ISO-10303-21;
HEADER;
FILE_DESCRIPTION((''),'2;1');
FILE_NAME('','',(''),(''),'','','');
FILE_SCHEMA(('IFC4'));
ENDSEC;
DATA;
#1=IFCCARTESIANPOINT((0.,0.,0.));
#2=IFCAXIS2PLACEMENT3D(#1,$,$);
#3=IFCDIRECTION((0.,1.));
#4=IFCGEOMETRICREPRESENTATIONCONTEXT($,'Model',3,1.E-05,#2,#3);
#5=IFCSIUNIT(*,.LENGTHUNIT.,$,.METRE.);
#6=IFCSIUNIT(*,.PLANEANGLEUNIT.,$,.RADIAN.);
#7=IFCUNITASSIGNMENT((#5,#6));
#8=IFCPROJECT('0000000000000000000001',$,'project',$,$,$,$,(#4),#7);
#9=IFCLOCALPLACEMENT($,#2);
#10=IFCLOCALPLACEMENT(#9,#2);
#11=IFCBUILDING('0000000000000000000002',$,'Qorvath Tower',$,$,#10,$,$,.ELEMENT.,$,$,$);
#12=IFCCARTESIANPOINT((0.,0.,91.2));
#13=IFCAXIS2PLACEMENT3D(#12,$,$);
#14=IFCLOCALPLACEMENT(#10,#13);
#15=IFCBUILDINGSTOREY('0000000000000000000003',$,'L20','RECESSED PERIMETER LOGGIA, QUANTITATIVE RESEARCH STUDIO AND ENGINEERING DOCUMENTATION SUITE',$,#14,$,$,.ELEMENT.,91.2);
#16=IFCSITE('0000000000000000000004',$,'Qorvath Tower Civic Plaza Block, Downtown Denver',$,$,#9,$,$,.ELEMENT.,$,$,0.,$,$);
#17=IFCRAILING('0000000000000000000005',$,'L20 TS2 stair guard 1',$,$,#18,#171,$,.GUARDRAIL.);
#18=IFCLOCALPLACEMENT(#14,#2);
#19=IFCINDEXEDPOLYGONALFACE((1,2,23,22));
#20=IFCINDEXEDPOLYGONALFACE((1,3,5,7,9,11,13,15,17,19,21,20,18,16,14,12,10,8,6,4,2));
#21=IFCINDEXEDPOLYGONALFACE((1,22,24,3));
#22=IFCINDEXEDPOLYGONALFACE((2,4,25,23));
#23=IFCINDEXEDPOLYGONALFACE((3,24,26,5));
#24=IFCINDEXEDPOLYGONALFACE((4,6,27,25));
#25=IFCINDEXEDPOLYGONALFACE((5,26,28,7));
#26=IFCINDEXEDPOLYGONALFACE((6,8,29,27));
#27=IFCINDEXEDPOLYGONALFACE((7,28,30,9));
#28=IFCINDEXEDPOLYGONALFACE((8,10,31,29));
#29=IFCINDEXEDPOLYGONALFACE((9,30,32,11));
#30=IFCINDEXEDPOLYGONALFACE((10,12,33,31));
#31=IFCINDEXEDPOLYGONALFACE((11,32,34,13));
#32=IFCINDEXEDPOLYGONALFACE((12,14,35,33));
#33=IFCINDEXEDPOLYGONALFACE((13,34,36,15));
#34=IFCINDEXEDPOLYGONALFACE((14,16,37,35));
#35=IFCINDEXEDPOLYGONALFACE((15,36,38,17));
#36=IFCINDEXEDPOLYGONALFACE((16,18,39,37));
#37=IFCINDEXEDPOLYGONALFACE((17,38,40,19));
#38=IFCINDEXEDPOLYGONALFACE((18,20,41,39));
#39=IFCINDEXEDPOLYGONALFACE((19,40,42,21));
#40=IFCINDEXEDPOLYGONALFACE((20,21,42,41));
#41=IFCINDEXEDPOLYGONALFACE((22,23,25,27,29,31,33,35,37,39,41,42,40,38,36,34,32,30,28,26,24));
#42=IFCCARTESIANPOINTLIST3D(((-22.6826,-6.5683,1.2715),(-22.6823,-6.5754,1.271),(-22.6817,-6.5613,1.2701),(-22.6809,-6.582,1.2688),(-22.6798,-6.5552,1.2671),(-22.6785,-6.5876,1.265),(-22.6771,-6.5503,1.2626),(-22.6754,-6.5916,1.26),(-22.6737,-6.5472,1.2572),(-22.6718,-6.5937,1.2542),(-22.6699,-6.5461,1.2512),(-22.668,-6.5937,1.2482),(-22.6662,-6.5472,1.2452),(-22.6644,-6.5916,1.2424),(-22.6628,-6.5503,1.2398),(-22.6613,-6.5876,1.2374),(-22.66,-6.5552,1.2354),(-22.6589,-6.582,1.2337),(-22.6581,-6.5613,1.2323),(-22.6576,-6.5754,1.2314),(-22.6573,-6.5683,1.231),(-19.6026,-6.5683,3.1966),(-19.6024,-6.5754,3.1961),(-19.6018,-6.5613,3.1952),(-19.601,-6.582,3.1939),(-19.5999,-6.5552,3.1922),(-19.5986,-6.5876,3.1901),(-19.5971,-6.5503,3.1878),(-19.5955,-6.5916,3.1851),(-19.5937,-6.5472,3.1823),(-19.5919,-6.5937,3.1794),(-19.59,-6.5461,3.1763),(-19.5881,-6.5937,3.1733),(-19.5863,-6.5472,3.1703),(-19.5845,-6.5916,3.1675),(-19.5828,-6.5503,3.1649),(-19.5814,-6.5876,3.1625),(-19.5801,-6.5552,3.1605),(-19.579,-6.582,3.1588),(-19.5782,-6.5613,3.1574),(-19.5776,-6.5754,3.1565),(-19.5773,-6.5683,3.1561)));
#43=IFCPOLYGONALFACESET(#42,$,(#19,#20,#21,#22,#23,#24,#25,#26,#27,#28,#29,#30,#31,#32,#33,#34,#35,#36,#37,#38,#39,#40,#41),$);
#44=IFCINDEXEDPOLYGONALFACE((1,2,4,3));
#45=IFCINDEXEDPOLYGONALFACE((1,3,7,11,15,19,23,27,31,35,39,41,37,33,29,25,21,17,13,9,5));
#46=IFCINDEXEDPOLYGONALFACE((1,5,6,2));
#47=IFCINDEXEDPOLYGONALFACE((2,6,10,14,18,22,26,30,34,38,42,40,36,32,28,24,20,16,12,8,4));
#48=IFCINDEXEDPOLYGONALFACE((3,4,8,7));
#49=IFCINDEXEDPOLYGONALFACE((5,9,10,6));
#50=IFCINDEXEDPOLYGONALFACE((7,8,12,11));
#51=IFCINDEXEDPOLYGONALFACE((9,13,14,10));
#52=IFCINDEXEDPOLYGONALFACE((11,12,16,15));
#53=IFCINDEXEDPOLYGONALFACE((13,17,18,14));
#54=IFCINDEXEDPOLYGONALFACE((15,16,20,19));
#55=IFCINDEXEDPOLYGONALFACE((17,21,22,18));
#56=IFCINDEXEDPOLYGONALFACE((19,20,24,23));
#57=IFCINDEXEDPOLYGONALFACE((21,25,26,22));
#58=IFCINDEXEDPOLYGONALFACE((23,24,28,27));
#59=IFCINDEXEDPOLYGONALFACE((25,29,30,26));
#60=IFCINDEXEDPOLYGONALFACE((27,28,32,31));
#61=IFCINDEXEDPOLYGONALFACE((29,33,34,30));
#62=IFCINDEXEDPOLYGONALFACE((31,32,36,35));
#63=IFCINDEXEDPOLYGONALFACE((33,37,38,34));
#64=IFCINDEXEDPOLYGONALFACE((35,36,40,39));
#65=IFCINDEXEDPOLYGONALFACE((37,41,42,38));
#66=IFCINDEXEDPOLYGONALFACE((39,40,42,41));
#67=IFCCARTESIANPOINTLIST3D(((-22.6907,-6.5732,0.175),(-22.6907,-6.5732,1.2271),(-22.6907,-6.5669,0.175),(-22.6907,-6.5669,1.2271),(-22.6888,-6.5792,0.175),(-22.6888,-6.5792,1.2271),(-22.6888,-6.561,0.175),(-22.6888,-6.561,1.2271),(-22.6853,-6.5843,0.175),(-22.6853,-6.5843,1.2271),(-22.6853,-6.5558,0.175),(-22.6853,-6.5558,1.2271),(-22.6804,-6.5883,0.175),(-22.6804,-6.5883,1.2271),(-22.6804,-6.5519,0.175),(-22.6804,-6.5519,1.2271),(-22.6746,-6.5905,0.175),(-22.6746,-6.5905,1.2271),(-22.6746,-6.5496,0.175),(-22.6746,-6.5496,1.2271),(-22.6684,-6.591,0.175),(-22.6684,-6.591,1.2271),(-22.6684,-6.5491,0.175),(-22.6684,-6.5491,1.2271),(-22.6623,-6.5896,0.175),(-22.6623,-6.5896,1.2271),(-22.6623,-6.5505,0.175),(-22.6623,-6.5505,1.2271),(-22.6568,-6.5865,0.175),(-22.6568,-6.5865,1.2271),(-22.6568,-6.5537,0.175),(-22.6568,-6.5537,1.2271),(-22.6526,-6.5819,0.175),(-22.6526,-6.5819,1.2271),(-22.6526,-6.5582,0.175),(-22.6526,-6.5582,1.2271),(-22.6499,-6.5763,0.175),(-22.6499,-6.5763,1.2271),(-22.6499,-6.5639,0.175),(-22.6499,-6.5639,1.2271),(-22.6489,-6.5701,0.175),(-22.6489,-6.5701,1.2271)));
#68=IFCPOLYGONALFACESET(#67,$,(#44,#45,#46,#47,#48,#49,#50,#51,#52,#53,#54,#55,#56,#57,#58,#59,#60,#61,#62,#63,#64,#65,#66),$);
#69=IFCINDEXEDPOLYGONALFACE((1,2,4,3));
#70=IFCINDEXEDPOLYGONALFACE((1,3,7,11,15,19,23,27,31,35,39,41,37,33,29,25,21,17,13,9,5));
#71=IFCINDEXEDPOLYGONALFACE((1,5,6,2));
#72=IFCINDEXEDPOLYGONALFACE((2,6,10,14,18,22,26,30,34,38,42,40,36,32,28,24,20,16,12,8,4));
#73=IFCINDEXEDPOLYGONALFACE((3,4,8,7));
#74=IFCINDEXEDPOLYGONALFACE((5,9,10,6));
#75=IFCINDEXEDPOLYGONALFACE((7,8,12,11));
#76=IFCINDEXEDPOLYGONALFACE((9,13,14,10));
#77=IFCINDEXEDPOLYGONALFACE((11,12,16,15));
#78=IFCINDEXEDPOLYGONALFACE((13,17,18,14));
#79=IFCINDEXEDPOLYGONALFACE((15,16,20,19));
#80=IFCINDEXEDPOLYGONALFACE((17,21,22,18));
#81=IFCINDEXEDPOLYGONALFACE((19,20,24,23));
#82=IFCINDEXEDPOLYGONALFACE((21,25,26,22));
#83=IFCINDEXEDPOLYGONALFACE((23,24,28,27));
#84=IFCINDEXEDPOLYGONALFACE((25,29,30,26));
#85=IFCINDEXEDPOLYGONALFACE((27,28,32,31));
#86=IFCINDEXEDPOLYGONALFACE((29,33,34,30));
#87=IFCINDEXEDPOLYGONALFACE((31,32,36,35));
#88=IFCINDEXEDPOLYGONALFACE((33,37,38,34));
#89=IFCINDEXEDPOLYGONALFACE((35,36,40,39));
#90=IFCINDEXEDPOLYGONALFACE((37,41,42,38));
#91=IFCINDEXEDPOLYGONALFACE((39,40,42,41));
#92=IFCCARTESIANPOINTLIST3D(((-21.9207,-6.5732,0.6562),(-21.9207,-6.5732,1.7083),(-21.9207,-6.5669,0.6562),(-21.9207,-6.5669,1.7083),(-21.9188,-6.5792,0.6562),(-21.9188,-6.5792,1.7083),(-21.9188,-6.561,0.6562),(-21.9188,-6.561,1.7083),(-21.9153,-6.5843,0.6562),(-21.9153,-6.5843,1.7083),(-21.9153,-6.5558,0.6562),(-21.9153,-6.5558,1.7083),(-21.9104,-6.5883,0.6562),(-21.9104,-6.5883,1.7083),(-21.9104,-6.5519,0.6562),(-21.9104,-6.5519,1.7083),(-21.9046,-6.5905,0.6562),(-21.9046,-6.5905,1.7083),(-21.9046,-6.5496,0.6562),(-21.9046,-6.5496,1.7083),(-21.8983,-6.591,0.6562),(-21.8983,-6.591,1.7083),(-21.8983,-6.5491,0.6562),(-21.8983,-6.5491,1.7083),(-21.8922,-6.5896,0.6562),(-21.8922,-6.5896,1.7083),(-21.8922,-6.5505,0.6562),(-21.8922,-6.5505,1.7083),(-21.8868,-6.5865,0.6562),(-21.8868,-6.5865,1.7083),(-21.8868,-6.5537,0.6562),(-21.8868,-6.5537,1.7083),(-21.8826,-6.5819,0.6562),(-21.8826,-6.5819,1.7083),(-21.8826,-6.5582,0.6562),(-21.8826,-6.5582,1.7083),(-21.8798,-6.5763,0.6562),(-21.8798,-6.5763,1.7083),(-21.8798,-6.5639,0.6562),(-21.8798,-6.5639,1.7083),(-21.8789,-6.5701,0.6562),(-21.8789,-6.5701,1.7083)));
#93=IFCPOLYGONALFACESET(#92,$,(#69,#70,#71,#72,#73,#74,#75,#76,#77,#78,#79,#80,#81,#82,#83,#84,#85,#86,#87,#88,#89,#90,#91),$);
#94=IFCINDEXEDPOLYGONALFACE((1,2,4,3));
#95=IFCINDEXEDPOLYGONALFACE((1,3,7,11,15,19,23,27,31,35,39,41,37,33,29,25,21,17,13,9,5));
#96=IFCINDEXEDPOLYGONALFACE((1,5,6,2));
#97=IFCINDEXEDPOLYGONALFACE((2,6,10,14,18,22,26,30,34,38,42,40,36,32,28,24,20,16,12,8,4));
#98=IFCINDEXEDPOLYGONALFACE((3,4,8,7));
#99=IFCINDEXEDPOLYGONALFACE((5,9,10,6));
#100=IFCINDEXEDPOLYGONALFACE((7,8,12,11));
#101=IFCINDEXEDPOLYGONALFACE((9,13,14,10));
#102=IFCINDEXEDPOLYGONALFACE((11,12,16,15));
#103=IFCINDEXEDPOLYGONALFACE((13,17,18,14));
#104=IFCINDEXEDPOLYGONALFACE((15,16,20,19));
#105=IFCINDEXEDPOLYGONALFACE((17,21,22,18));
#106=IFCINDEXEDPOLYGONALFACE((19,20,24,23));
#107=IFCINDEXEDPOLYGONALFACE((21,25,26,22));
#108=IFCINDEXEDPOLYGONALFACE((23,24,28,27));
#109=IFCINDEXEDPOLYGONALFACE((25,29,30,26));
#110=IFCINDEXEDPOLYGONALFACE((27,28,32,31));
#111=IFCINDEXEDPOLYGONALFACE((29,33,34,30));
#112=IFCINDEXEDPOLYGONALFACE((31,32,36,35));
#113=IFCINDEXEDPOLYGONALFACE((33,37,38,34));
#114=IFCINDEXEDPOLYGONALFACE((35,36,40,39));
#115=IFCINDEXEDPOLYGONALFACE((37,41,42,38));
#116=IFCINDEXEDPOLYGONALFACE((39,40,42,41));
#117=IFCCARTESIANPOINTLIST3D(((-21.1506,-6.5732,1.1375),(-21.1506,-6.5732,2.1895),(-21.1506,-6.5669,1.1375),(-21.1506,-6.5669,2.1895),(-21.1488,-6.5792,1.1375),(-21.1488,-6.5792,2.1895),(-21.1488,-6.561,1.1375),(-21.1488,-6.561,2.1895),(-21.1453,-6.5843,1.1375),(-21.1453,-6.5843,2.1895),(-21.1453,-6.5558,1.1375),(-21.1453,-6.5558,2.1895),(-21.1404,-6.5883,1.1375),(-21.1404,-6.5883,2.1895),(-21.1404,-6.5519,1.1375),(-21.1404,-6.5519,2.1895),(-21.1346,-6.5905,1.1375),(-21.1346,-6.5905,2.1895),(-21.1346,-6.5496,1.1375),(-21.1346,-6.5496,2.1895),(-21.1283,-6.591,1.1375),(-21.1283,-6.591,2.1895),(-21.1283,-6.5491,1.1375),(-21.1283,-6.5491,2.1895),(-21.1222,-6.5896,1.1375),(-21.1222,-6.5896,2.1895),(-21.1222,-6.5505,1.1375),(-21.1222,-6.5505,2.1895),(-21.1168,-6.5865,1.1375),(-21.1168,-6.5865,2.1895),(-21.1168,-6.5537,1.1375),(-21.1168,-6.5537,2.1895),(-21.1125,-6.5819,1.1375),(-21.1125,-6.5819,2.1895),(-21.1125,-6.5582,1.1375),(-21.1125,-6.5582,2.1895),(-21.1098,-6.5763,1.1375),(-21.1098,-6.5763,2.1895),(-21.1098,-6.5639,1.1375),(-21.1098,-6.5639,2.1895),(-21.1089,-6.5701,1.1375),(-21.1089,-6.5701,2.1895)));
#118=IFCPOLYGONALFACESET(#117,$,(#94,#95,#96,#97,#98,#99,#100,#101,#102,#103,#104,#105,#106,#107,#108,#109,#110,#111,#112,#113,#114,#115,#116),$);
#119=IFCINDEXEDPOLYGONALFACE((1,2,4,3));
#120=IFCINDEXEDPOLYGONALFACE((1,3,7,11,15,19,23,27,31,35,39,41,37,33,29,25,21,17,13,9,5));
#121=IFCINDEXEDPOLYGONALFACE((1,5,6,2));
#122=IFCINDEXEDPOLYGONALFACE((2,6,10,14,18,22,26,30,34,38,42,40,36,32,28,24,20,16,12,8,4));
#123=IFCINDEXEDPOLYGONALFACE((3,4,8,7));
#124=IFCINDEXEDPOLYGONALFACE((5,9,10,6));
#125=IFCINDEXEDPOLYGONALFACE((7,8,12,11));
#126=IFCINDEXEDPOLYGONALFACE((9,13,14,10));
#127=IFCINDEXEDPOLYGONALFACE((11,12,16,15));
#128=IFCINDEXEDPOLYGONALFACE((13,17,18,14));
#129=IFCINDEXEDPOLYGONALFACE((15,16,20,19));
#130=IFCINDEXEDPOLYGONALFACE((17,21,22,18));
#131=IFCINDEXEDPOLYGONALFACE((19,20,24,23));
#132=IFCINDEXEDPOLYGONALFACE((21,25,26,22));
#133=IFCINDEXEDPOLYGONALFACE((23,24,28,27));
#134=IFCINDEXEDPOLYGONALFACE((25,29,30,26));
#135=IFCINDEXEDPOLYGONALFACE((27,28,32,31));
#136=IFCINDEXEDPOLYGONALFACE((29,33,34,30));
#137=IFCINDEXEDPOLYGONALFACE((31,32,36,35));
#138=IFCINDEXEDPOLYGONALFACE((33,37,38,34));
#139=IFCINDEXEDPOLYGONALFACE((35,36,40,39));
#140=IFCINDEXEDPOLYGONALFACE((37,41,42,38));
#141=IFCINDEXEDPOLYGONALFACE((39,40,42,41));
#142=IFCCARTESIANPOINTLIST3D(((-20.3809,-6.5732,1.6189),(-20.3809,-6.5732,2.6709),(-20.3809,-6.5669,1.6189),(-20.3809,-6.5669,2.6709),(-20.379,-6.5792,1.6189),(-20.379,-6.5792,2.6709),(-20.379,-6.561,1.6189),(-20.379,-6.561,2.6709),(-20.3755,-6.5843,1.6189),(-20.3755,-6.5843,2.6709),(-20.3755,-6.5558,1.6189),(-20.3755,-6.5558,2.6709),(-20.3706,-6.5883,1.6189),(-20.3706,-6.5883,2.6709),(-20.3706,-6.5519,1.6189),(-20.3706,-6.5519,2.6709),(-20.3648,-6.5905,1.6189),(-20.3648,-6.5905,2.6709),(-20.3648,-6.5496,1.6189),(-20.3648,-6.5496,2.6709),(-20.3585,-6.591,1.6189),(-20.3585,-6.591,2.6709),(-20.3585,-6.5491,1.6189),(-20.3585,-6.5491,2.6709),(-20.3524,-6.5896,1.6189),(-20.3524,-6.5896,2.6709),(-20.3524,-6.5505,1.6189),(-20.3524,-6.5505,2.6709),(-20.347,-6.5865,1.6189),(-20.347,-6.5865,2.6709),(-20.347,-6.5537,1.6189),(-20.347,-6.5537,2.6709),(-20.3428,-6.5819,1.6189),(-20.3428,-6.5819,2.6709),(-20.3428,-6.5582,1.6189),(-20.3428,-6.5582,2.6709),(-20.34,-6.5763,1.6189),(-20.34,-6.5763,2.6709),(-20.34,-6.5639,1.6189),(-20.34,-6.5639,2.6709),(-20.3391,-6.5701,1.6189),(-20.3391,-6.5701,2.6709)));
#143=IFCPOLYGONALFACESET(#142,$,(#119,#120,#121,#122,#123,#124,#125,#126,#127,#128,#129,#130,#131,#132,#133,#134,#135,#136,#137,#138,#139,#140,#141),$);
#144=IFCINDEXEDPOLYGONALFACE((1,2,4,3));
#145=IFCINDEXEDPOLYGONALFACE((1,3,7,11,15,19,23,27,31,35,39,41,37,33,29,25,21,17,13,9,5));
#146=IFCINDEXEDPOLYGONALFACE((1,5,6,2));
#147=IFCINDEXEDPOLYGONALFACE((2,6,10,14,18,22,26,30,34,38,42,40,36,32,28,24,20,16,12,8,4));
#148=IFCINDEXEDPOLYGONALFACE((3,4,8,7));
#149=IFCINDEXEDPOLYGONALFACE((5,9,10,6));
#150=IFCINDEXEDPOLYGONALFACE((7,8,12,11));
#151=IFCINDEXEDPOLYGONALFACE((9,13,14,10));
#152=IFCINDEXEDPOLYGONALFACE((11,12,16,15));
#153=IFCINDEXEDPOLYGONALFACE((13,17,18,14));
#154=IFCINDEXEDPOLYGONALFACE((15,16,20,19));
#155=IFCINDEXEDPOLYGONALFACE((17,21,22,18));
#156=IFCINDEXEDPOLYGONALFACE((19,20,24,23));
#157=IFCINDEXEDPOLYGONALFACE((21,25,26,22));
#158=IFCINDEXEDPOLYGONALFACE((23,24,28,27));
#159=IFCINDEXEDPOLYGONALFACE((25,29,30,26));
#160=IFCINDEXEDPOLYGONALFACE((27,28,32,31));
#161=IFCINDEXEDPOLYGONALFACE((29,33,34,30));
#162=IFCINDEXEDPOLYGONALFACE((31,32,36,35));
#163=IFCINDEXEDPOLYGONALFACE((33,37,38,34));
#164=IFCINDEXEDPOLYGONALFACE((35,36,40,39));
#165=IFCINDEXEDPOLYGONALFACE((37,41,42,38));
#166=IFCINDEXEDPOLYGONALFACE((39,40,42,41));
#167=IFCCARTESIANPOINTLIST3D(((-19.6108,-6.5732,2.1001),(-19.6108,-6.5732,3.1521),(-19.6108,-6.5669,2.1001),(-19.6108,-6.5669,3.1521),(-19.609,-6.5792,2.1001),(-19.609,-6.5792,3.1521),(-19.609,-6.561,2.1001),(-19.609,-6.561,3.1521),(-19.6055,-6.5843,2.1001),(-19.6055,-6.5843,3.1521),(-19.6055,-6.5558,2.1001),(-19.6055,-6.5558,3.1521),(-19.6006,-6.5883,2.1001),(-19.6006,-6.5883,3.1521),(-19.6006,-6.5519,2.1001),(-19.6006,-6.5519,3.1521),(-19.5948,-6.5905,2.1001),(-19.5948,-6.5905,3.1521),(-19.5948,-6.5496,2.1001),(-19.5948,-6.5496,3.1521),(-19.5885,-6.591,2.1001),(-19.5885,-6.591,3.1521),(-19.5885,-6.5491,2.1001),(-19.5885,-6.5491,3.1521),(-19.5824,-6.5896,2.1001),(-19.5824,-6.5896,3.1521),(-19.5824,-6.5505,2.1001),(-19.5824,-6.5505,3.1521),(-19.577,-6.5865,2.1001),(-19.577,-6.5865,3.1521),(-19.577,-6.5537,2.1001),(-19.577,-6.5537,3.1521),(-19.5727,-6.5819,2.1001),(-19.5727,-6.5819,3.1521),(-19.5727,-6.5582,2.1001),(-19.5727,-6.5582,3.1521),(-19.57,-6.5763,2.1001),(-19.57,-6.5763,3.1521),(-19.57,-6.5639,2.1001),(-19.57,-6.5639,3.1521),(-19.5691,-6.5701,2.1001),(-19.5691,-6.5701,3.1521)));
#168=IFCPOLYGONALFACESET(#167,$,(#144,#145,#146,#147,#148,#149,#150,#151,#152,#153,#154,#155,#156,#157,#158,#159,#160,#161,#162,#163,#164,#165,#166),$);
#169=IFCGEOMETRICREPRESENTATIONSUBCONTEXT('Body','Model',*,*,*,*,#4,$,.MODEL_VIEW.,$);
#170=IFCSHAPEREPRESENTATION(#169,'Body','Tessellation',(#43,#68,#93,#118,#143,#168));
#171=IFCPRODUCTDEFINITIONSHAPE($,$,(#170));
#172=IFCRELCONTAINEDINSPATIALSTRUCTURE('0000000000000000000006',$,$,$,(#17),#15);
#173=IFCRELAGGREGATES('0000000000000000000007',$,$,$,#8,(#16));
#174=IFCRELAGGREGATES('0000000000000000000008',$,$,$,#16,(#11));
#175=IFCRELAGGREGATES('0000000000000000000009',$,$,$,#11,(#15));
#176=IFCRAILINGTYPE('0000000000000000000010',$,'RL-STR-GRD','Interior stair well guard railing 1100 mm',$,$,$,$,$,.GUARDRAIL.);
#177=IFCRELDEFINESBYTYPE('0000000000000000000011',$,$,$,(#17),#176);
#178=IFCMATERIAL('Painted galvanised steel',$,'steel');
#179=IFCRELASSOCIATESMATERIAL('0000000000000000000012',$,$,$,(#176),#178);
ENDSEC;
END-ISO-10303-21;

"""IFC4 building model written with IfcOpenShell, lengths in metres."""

from ifc_helpers import new_model, si_unit, direction, frame, origin, origin_2d, place, context, subcontext, project, spatial, circle, extrude, material, type_object, element, save


model = new_model("IFC4")

# Units and contexts
model_context = context("Model", 3, precision=1e-05, world=origin(), true_north=direction((0.0, 1.0)))
body_context = subcontext(model_context, "Body", "Model", "MODEL_VIEW")
ifc_project = project(units=[si_unit("LENGTHUNIT", "METRE"), si_unit("PLANEANGLEUNIT", "RADIAN")], contexts=[model_context])

# Site, building, storey
site_placement = place(None, origin())
site = spatial("IfcSite", under=ifc_project, at=site_placement, Name="Qorvath Tower Civic Plaza Block, Downtown Denver", CompositionType="ELEMENT", RefElevation=0.0)
building_placement = place(site_placement, origin())
building = spatial("IfcBuilding", under=site, at=building_placement, Name="Qorvath Tower", CompositionType="ELEMENT")
storey_placement = place(building_placement, frame((0.0, 0.0, 91.2)))
storey = spatial("IfcBuildingStorey", under=building, at=storey_placement, Name="L20", Description="RECESSED PERIMETER LOGGIA, QUANTITATIVE RESEARCH STUDIO AND ENGINEERING DOCUMENTATION SUITE", CompositionType="ELEMENT", Elevation=91.2)

# Railing
ifc_material_1 = material(Name="Painted galvanised steel", Category="steel")
railing_type_1 = type_object("IfcRailingType", Name="RL-STR-GRD", Description="Interior stair well guard railing 1100 mm", PredefinedType="GUARDRAIL", material=ifc_material_1)
railing_1_placement = place(storey_placement, frame((-22.6699, -6.5701, 0.175)))
element("IfcRailing", 1, at=railing_1_placement, inside=storey, type_object=railing_type_1, Name="L20 TS2 stair guard 1", PredefinedType="GUARDRAIL", context=body_context, shape_type="SweptSolid", body=[
    extrude(circle(Radius=0.0239, at=origin_2d()), frame((0.0, 0.0, 1.0762), z_axis=(0.847979, 0.0, 0.530029), x_axis=(0.0, 1.0, 0.0)), (0.0, 0.0, 1.0), 3.6321),
    extrude(circle(Radius=0.021, at=origin_2d()), origin(), (0.0, 0.0, 1.0), 1.052),
    extrude(circle(Radius=0.021, at=origin_2d()), frame((0.77, 0.0, 0.4812)), (0.0, 0.0, 1.0), 1.052),
    extrude(circle(Radius=0.021, at=origin_2d()), frame((1.54, 0.0, 0.9624)), (0.0, 0.0, 1.0), 1.052),
    extrude(circle(Radius=0.021, at=origin_2d()), frame((2.3098, 0.0, 1.4438)), (0.0, 0.0, 1.0), 1.052),
    extrude(circle(Radius=0.021, at=origin_2d()), frame((3.0798, 0.0, 1.925)), (0.0, 0.0, 1.0), 1.052),
])

save(model, "model.ifc")
